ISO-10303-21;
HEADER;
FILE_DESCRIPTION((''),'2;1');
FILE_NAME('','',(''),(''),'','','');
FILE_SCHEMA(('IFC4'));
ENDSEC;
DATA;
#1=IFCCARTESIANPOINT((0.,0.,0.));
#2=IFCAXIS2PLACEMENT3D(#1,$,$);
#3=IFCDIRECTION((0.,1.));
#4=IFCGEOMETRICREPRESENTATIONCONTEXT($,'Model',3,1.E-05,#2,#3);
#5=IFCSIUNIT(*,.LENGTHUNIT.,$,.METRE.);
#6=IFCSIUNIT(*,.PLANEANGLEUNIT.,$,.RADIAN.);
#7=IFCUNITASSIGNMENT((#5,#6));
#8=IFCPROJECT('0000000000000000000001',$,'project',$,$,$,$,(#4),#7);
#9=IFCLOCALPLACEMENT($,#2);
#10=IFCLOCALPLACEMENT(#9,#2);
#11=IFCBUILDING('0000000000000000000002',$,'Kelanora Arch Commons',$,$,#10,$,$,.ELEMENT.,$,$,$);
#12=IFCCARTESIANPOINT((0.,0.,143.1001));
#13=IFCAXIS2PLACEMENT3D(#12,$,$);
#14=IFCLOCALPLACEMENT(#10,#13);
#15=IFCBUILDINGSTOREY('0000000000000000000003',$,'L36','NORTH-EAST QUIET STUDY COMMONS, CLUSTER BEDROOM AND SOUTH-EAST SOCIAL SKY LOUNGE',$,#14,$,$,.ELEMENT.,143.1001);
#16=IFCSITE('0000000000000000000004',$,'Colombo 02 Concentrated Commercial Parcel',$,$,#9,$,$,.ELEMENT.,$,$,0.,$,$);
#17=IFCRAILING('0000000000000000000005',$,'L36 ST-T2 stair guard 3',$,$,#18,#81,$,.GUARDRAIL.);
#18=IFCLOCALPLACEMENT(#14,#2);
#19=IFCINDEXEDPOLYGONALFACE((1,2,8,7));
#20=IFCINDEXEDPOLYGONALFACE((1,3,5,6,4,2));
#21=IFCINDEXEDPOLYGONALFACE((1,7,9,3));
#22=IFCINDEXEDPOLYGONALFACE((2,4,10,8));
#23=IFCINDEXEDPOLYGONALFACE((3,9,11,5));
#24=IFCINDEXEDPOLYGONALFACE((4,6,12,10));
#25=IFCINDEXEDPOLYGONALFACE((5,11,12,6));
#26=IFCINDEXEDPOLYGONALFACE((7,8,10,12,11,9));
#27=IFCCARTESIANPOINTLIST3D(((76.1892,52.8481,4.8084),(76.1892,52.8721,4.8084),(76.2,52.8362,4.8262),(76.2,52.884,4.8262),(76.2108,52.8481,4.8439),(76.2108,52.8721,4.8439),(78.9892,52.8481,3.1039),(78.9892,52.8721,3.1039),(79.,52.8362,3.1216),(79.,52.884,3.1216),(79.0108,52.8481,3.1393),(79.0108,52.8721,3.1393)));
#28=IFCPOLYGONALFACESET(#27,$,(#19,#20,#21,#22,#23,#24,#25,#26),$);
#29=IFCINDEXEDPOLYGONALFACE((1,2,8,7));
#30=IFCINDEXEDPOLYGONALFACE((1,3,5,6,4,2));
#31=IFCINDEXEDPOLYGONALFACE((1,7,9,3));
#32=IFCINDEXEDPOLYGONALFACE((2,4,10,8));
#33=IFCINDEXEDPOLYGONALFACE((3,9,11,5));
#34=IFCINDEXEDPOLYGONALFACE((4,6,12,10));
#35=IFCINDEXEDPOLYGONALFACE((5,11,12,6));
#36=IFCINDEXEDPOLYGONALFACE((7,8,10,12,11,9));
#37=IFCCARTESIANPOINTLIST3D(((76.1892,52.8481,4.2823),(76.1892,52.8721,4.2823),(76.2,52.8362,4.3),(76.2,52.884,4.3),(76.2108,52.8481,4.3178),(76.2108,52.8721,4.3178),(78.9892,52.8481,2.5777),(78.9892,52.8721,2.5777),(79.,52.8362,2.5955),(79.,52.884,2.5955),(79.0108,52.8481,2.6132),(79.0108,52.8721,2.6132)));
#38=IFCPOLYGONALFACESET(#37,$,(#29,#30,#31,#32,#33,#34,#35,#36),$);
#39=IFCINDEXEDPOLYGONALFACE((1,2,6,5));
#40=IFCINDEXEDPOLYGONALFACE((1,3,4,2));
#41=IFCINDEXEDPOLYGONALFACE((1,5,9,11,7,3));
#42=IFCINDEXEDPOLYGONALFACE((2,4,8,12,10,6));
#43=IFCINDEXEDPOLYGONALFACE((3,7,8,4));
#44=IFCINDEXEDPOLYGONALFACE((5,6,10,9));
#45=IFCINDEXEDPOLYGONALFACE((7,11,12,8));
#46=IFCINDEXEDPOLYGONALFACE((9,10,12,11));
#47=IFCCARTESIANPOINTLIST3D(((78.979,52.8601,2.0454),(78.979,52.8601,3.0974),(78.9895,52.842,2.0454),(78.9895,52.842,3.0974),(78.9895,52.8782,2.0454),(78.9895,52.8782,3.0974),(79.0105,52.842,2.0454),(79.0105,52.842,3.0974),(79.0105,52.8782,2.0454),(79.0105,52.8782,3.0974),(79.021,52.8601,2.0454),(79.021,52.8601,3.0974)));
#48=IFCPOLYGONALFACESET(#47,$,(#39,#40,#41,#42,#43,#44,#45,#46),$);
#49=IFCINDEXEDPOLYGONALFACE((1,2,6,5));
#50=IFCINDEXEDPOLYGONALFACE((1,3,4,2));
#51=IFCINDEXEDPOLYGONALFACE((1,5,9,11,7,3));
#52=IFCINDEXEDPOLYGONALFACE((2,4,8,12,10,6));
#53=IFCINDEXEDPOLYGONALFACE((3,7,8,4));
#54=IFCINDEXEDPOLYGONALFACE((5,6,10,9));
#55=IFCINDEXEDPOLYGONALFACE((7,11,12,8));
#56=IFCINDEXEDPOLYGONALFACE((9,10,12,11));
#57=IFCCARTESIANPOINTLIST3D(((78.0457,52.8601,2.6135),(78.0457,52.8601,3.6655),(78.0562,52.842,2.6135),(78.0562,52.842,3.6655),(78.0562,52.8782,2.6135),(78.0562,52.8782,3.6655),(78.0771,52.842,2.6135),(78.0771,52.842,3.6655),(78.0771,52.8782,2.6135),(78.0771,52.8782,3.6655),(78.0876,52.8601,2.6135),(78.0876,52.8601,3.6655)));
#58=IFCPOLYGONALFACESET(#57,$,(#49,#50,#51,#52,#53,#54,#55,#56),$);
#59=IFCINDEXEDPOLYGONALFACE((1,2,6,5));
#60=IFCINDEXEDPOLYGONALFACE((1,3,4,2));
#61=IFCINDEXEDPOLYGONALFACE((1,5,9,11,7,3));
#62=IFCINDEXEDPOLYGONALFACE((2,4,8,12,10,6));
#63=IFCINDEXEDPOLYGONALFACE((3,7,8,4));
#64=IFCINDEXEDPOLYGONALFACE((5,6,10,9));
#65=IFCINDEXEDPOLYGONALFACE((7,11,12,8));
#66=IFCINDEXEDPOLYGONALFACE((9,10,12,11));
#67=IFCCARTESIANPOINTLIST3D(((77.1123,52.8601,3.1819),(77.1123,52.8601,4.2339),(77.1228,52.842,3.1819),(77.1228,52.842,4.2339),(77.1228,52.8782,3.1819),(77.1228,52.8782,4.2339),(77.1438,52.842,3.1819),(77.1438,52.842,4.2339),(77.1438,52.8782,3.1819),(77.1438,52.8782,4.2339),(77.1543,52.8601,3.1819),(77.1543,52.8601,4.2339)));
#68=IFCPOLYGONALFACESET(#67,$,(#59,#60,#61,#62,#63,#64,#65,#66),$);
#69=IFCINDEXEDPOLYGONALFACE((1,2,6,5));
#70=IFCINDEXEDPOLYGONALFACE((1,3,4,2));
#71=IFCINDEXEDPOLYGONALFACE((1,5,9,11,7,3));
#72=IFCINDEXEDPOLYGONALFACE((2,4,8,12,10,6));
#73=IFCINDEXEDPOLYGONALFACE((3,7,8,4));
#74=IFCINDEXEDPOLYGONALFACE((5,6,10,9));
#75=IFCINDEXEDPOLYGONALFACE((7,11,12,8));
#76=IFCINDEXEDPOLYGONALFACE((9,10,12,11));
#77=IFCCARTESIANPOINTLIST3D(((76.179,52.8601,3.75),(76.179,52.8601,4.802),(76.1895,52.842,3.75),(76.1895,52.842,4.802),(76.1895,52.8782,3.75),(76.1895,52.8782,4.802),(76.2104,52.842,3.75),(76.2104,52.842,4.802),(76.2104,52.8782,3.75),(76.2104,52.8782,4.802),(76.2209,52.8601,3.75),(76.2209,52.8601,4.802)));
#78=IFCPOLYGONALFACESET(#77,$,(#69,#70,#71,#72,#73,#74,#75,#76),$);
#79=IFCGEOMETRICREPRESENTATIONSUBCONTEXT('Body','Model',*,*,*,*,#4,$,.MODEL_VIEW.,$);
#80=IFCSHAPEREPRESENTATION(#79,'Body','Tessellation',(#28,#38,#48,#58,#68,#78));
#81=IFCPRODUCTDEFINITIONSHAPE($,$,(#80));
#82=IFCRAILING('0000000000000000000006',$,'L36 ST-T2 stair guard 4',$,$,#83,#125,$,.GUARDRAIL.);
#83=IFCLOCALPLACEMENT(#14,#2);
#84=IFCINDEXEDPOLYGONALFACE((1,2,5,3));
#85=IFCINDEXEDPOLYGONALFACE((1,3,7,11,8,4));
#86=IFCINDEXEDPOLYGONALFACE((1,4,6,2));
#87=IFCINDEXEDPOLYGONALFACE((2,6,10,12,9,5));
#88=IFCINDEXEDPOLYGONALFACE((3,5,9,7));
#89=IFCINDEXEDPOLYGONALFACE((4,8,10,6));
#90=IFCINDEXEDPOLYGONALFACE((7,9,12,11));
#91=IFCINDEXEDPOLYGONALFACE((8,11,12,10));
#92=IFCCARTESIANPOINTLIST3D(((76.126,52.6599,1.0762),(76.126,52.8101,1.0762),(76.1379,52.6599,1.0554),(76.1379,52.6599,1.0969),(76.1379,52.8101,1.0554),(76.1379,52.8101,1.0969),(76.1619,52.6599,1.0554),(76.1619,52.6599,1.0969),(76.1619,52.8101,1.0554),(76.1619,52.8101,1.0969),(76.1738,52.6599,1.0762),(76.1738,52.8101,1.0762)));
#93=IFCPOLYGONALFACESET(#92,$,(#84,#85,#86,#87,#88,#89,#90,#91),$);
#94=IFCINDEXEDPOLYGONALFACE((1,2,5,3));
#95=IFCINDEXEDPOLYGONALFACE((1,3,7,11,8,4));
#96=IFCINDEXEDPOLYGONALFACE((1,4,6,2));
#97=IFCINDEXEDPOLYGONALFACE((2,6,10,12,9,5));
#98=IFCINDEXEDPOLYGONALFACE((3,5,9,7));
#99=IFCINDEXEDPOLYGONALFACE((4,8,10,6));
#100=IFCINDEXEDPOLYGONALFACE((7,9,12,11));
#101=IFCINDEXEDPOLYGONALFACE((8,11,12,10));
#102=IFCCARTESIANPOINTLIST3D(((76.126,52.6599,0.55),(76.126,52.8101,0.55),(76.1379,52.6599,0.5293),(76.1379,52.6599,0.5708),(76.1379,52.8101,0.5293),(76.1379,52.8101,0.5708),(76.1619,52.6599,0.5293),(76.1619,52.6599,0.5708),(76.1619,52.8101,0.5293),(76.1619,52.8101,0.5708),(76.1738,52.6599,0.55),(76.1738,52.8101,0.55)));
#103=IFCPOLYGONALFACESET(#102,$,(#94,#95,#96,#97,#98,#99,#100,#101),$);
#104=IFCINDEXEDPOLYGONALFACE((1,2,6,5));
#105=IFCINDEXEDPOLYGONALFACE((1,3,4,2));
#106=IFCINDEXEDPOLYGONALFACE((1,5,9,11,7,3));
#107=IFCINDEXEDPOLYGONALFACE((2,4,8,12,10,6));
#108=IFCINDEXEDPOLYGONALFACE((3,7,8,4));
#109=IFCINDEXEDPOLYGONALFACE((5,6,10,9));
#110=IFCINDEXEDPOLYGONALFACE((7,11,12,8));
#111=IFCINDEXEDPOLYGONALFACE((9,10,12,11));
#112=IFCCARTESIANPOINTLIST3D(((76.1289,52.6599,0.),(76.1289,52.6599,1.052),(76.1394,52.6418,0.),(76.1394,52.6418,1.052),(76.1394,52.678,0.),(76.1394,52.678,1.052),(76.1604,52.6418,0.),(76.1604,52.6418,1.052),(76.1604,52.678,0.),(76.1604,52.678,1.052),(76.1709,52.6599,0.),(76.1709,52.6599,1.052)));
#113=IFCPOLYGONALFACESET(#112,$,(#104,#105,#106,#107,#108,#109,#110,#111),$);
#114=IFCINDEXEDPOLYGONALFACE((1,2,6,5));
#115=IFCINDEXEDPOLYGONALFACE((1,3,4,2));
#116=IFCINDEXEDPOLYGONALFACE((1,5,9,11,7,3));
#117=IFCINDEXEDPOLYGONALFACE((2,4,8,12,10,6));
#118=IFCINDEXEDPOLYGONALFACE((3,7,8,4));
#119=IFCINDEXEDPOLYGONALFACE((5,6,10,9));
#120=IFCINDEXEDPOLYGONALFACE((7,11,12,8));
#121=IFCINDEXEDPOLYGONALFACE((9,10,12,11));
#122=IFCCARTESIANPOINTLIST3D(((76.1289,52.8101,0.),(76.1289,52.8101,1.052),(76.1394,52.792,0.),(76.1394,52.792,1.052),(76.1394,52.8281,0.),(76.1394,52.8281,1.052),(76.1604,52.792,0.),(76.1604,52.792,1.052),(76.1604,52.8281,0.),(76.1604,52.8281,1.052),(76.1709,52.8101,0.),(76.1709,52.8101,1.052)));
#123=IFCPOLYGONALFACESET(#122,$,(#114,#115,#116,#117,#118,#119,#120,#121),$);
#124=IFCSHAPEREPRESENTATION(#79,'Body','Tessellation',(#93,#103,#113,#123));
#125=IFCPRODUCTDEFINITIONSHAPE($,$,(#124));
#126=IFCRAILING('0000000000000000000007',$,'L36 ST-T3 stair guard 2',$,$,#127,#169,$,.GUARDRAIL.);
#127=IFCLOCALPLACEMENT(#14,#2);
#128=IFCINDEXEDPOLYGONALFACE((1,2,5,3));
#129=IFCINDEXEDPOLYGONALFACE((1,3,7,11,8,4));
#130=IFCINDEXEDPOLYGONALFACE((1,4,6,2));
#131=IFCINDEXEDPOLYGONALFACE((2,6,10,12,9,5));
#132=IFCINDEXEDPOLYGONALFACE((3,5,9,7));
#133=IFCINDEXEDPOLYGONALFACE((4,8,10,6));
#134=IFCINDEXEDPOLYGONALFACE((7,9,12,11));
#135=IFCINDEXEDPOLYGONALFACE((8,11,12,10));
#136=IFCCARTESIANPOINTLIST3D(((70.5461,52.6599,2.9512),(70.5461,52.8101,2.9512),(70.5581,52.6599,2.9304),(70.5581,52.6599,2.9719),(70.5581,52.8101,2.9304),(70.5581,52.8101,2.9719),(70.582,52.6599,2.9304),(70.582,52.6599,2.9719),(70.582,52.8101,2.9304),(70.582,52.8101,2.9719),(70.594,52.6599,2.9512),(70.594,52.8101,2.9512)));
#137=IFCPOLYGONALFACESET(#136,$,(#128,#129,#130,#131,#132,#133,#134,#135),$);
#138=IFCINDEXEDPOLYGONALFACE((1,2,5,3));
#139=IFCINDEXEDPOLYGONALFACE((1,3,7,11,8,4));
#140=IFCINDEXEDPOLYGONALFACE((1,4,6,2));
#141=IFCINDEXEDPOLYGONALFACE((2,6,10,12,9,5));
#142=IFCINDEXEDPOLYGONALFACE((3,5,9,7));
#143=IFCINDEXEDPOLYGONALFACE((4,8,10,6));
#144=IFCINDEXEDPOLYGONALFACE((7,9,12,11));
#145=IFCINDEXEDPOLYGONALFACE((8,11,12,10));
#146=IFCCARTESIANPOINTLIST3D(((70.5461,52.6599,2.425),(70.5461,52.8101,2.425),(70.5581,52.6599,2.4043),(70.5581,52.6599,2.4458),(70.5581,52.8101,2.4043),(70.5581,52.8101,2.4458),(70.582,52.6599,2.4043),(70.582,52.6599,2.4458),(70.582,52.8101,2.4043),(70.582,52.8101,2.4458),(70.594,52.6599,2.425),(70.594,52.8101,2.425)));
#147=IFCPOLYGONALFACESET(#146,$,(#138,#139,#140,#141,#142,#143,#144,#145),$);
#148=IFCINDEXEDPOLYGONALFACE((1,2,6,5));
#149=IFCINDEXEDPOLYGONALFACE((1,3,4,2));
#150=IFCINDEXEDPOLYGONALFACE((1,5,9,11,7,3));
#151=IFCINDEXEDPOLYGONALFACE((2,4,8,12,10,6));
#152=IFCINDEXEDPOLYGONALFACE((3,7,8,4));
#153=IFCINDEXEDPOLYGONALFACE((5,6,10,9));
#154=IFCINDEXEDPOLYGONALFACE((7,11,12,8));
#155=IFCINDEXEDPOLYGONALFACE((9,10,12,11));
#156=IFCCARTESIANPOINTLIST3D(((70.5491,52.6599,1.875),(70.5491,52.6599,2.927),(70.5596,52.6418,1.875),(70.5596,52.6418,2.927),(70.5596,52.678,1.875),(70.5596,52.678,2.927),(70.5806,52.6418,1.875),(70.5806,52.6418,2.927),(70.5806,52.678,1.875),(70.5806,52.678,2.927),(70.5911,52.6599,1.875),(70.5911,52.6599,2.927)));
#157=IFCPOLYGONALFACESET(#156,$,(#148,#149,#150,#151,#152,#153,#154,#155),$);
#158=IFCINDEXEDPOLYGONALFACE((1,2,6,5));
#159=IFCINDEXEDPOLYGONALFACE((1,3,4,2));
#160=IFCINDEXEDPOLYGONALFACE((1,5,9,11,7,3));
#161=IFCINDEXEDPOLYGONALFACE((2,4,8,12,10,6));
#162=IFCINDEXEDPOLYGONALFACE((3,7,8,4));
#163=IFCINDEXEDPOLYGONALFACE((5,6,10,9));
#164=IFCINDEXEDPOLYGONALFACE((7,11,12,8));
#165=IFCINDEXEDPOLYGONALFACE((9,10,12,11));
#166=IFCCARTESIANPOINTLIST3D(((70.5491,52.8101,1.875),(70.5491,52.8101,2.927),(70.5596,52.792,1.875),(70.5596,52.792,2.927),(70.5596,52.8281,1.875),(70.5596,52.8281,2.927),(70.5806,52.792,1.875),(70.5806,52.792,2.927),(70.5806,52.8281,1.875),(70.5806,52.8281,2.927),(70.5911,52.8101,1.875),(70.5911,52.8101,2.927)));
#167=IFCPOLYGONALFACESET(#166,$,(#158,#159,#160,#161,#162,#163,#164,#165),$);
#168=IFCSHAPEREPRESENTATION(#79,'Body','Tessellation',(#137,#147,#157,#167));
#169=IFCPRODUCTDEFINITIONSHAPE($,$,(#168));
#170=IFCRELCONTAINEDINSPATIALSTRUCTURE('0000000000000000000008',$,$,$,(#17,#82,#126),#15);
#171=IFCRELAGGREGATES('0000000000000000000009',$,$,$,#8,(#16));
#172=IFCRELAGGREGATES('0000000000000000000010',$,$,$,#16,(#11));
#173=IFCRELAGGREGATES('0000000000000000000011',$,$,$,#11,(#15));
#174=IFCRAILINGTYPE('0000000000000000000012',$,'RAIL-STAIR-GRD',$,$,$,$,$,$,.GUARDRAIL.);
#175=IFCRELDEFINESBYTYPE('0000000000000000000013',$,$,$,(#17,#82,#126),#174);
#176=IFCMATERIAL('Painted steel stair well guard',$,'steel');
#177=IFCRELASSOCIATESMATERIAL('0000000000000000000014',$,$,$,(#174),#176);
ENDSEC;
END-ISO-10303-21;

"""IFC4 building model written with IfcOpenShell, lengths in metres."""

from ifc_helpers import new_model, si_unit, direction, frame, origin, place, context, subcontext, project, spatial, polyline, outline, extrude, material, type_object, element, save


model = new_model("IFC4")

# Units and contexts
model_context = context("Model", 3, precision=1e-05, world=origin(), true_north=direction((0.0, 1.0)))
body_context = subcontext(model_context, "Body", "Model", "MODEL_VIEW")
ifc_project = project(units=[si_unit("LENGTHUNIT", "METRE"), si_unit("PLANEANGLEUNIT", "RADIAN")], contexts=[model_context])

# Site, building, storey
site_placement = place(None, origin())
site = spatial("IfcSite", under=ifc_project, at=site_placement, Name="Colombo 02 Concentrated Commercial Parcel", CompositionType="ELEMENT", RefElevation=0.0)
building_placement = place(site_placement, origin())
building = spatial("IfcBuilding", under=site, at=building_placement, Name="Kelanora Arch Commons", CompositionType="ELEMENT")
storey_placement = place(building_placement, frame((0.0, 0.0, 143.1001)))
storey = spatial("IfcBuildingStorey", under=building, at=storey_placement, Name="L36", Description="NORTH-EAST QUIET STUDY COMMONS, CLUSTER BEDROOM AND SOUTH-EAST SOCIAL SKY LOUNGE", CompositionType="ELEMENT", Elevation=143.1001)

# Railings
ifc_material_1 = material(Name="Painted steel stair well guard", Category="steel")
railing_type_1 = type_object("IfcRailingType", Name="RAIL-STAIR-GRD", PredefinedType="GUARDRAIL", material=ifc_material_1)
railing_1_placement = place(storey_placement, frame((79.0, 52.8601, 2.0454)))
element("IfcRailing", 1, at=railing_1_placement, inside=storey, type_object=railing_type_1, Name="L36 ST-T2 stair guard 3", PredefinedType="GUARDRAIL", context=body_context, shape_type="SweptSolid", body=[
    extrude(outline(polyline([(0.0239, 0.0), (0.012, 0.0208), (-0.012, 0.0208), (-0.0239, 0.0), (-0.012, -0.0208), (0.012, -0.0208), (0.0239, 0.0)])), frame((0.0, 0.0, 1.0762), z_axis=(-0.85417, 0.0, 0.519994), x_axis=(0.0, -1.0, 0.0)), (0.0, 0.0, 1.0), 3.2781),
    extrude(outline(polyline([(0.0239, 0.0), (0.012, 0.0208), (-0.012, 0.0208), (-0.0239, 0.0), (-0.012, -0.0208), (0.012, -0.0208), (0.0239, 0.0)])), frame((0.0, 0.0, 0.55), z_axis=(-0.85417, 0.0, 0.519994), x_axis=(0.0, -1.0, 0.0)), (0.0, 0.0, 1.0), 3.2781),
    extrude(outline(polyline([(0.021, 0.0), (0.0105, 0.0181), (-0.0105, 0.0181), (-0.021, 0.0), (-0.0105, -0.0181), (0.0105, -0.0181), (0.021, 0.0)])), origin(), (0.0, 0.0, 1.0), 1.052),
    extrude(outline(polyline([(0.021, 0.0), (0.0105, 0.0181), (-0.0105, 0.0181), (-0.021, 0.0), (-0.0105, -0.0181), (0.0105, -0.0181), (0.021, 0.0)])), frame((-0.9333, 0.0, 0.5681)), (0.0, 0.0, 1.0), 1.052),
    extrude(outline(polyline([(0.021, 0.0), (0.0105, 0.0181), (-0.0105, 0.0181), (-0.021, 0.0), (-0.0105, -0.0181), (0.0105, -0.0181), (0.021, 0.0)])), frame((-1.8667, 0.0, 1.1365)), (0.0, 0.0, 1.0), 1.052),
    extrude(outline(polyline([(0.021, 0.0), (0.0105, 0.0181), (-0.0105, 0.0181), (-0.021, 0.0), (-0.0105, -0.0181), (0.0105, -0.0181), (0.021, 0.0)])), frame((-2.8, 0.0, 1.7046)), (0.0, 0.0, 1.0), 1.052),
])
for number, where, name in (
    (2, (76.1499, 52.6599, 0.0), "L36 ST-T2 stair guard 4"),
    (3, (70.5701, 52.6599, 1.875), "L36 ST-T3 stair guard 2"),
):
    element("IfcRailing", number, at=place(storey_placement, frame(where)), inside=storey, type_object=railing_type_1, Name=name, PredefinedType="GUARDRAIL", context=body_context, shape_type="SweptSolid", body=[
        extrude(outline(polyline([(0.0239, 0.0), (0.012, 0.0208), (-0.012, 0.0208), (-0.0239, 0.0), (-0.012, -0.0208), (0.012, -0.0208), (0.0239, 0.0)])), frame((0.0, 0.0, 1.0762), z_axis=(0.0, 1.0, 0.0), x_axis=(-1.0, 0.0, 0.0)), (0.0, 0.0, 1.0), 0.1501),
        extrude(outline(polyline([(0.0239, 0.0), (0.012, 0.0208), (-0.012, 0.0208), (-0.0239, 0.0), (-0.012, -0.0208), (0.012, -0.0208), (0.0239, 0.0)])), frame((0.0, 0.0, 0.55), z_axis=(0.0, 1.0, 0.0), x_axis=(-1.0, 0.0, 0.0)), (0.0, 0.0, 1.0), 0.1501),
        extrude(outline(polyline([(0.021, 0.0), (0.0105, 0.0181), (-0.0105, 0.0181), (-0.021, 0.0), (-0.0105, -0.0181), (0.0105, -0.0181), (0.021, 0.0)])), origin(), (0.0, 0.0, 1.0), 1.052),
        extrude(outline(polyline([(0.021, 0.0), (0.0105, 0.0181), (-0.0105, 0.0181), (-0.021, 0.0), (-0.0105, -0.0181), (0.0105, -0.0181), (0.021, 0.0)])), frame((0.0, 0.1501, 0.0)), (0.0, 0.0, 1.0), 1.052),
    ])

save(model, "model.ifc")
